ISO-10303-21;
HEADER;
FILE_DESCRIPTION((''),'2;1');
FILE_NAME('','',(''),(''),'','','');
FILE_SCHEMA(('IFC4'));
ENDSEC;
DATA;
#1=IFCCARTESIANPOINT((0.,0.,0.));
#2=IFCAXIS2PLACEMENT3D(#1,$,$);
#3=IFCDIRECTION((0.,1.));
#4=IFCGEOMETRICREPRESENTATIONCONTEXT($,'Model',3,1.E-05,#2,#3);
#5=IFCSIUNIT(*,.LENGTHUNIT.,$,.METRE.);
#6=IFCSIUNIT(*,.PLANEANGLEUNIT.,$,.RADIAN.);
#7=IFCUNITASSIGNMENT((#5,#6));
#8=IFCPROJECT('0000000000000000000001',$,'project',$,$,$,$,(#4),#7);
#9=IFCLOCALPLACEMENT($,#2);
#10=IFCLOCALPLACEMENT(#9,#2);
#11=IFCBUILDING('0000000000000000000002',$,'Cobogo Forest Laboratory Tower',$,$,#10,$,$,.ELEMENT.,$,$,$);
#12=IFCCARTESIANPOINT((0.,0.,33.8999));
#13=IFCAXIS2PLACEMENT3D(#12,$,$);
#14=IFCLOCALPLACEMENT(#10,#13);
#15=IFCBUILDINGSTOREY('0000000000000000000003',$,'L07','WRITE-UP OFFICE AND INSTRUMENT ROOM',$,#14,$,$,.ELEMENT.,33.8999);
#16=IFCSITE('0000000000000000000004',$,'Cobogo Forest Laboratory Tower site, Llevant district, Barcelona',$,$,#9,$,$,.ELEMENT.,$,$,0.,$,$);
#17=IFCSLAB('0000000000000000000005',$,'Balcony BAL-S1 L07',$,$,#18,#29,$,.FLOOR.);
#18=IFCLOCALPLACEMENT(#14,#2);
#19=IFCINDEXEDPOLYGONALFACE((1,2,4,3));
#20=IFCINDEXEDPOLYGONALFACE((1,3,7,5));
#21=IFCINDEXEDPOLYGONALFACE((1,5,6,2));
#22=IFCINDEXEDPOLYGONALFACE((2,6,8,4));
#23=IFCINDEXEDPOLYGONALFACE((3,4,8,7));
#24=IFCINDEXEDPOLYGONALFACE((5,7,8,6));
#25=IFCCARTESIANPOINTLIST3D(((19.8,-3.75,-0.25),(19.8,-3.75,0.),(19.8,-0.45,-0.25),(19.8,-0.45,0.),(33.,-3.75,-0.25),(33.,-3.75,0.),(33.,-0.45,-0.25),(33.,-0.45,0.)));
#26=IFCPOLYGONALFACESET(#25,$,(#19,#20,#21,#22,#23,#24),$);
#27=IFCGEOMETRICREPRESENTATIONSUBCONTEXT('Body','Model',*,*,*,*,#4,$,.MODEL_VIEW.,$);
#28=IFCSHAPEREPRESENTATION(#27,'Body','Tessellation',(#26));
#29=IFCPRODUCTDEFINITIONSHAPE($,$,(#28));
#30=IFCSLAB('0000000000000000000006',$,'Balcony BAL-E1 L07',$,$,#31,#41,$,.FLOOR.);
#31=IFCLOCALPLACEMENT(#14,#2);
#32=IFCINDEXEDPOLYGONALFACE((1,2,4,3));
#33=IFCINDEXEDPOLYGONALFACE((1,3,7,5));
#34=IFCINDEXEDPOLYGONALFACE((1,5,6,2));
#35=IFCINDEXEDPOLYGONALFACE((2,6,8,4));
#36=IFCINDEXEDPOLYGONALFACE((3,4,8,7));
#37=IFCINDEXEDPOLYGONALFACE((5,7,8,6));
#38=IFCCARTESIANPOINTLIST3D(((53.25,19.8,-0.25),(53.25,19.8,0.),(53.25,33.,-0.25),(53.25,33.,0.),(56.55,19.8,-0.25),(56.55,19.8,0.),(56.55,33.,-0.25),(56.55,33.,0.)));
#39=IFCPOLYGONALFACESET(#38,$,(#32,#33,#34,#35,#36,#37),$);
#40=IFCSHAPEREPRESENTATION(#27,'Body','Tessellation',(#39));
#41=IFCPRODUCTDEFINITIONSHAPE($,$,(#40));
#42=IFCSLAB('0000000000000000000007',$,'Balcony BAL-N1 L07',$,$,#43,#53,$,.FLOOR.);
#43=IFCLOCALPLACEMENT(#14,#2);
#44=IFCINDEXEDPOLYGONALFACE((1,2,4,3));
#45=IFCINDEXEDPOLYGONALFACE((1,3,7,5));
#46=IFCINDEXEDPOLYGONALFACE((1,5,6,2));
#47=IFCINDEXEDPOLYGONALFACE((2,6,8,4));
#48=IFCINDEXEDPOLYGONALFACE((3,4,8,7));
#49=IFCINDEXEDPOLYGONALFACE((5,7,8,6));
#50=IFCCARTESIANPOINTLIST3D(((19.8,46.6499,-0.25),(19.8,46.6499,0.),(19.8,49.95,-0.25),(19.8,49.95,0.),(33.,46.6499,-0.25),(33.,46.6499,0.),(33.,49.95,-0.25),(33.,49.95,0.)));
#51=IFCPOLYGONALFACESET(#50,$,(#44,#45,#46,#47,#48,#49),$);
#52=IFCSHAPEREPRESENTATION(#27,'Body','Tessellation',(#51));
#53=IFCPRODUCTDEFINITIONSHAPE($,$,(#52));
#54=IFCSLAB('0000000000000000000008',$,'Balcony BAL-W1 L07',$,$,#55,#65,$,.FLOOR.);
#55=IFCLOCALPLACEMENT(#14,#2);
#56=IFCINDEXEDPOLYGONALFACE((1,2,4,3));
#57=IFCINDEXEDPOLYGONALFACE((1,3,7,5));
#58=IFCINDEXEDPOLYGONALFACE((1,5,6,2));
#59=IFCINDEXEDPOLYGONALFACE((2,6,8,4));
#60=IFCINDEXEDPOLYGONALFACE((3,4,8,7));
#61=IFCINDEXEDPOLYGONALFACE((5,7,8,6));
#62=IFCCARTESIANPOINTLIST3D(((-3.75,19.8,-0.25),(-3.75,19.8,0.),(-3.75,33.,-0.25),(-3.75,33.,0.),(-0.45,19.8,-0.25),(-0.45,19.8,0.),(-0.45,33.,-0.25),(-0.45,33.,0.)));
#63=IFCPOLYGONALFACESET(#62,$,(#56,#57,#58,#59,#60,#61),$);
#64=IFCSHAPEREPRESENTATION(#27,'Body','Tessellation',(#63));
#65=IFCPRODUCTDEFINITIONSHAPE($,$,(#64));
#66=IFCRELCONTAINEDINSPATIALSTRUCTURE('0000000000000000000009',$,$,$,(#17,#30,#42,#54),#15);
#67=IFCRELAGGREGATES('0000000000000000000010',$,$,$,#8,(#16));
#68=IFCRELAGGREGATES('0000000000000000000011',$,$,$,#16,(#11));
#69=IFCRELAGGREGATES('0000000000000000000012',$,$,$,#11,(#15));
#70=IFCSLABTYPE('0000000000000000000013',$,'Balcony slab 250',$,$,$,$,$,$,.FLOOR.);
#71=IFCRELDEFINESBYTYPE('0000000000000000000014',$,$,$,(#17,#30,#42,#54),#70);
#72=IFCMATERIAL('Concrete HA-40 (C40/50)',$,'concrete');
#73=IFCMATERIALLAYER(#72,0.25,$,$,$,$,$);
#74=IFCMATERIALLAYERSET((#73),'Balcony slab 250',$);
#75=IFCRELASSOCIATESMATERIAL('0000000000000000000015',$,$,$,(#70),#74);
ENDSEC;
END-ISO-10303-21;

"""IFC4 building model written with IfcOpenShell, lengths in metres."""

from ifc_helpers import new_model, si_unit, direction, frame, origin, place, context, subcontext, project, spatial, polyline, outline, extrude, material, layer, layer_set, type_object, element, save


model = new_model("IFC4")

# Units and contexts
model_context = context("Model", 3, precision=1e-05, world=origin(), true_north=direction((0.0, 1.0)))
body_context = subcontext(model_context, "Body", "Model", "MODEL_VIEW")
ifc_project = project(units=[si_unit("LENGTHUNIT", "METRE"), si_unit("PLANEANGLEUNIT", "RADIAN")], contexts=[model_context])

# Site, building, storey
site_placement = place(None, origin())
site = spatial("IfcSite", under=ifc_project, at=site_placement, Name="Cobogo Forest Laboratory Tower site, Llevant district, Barcelona", CompositionType="ELEMENT", RefElevation=0.0)
building_placement = place(site_placement, origin())
building = spatial("IfcBuilding", under=site, at=building_placement, Name="Cobogo Forest Laboratory Tower", CompositionType="ELEMENT")
storey_placement = place(building_placement, frame((0.0, 0.0, 33.8999)))
storey = spatial("IfcBuildingStorey", under=building, at=storey_placement, Name="L07", Description="WRITE-UP OFFICE AND INSTRUMENT ROOM", CompositionType="ELEMENT", Elevation=33.8999)

# Slabs
ifc_material_1 = material(Name="Concrete HA-40 (C40/50)", Category="concrete")
ifc_layer_1 = layer(ifc_material_1, 0.25)
ifc_layer_set_1 = layer_set([ifc_layer_1], Name="Balcony slab 250")
slab_type_1 = type_object("IfcSlabType", Name="Balcony slab 250", PredefinedType="FLOOR", material=ifc_layer_set_1)
slab_1_placement = place(storey_placement, frame((0.0, 0.0, -0.25)))
element("IfcSlab", 1, at=slab_1_placement, inside=storey, type_object=slab_type_1, Name="Balcony BAL-S1 L07", PredefinedType="FLOOR", context=body_context, shape_type="SweptSolid", body=[
    extrude(outline(polyline([(19.8, -3.75), (33.0, -3.75), (33.0, -0.45), (19.8, -0.45), (19.8, -3.75)])), origin(), (0.0, 0.0, 1.0), 0.25),
])
slab_2_placement = place(storey_placement, frame((0.0, 0.0, -0.25)))
element("IfcSlab", 2, at=slab_2_placement, inside=storey, type_object=slab_type_1, Name="Balcony BAL-E1 L07", PredefinedType="FLOOR", context=body_context, shape_type="SweptSolid", body=[
    extrude(outline(polyline([(53.25, 19.8), (56.55, 19.8), (56.55, 33.0), (53.25, 33.0), (53.25, 19.8)])), origin(), (0.0, 0.0, 1.0), 0.25),
])
slab_3_placement = place(storey_placement, frame((0.0, 0.0, -0.25)))
element("IfcSlab", 3, at=slab_3_placement, inside=storey, type_object=slab_type_1, Name="Balcony BAL-N1 L07", PredefinedType="FLOOR", context=body_context, shape_type="SweptSolid", body=[
    extrude(outline(polyline([(19.8, 46.6499), (33.0, 46.6499), (33.0, 49.95), (19.8, 49.95), (19.8, 46.6499)])), origin(), (0.0, 0.0, 1.0), 0.25),
])
slab_4_placement = place(storey_placement, frame((0.0, 0.0, -0.25)))
element("IfcSlab", 4, at=slab_4_placement, inside=storey, type_object=slab_type_1, Name="Balcony BAL-W1 L07", PredefinedType="FLOOR", context=body_context, shape_type="SweptSolid", body=[
    extrude(outline(polyline([(-3.75, 19.8), (-0.45, 19.8), (-0.45, 33.0), (-3.75, 33.0), (-3.75, 19.8)])), origin(), (0.0, 0.0, 1.0), 0.25),
])

save(model, "model.ifc")
